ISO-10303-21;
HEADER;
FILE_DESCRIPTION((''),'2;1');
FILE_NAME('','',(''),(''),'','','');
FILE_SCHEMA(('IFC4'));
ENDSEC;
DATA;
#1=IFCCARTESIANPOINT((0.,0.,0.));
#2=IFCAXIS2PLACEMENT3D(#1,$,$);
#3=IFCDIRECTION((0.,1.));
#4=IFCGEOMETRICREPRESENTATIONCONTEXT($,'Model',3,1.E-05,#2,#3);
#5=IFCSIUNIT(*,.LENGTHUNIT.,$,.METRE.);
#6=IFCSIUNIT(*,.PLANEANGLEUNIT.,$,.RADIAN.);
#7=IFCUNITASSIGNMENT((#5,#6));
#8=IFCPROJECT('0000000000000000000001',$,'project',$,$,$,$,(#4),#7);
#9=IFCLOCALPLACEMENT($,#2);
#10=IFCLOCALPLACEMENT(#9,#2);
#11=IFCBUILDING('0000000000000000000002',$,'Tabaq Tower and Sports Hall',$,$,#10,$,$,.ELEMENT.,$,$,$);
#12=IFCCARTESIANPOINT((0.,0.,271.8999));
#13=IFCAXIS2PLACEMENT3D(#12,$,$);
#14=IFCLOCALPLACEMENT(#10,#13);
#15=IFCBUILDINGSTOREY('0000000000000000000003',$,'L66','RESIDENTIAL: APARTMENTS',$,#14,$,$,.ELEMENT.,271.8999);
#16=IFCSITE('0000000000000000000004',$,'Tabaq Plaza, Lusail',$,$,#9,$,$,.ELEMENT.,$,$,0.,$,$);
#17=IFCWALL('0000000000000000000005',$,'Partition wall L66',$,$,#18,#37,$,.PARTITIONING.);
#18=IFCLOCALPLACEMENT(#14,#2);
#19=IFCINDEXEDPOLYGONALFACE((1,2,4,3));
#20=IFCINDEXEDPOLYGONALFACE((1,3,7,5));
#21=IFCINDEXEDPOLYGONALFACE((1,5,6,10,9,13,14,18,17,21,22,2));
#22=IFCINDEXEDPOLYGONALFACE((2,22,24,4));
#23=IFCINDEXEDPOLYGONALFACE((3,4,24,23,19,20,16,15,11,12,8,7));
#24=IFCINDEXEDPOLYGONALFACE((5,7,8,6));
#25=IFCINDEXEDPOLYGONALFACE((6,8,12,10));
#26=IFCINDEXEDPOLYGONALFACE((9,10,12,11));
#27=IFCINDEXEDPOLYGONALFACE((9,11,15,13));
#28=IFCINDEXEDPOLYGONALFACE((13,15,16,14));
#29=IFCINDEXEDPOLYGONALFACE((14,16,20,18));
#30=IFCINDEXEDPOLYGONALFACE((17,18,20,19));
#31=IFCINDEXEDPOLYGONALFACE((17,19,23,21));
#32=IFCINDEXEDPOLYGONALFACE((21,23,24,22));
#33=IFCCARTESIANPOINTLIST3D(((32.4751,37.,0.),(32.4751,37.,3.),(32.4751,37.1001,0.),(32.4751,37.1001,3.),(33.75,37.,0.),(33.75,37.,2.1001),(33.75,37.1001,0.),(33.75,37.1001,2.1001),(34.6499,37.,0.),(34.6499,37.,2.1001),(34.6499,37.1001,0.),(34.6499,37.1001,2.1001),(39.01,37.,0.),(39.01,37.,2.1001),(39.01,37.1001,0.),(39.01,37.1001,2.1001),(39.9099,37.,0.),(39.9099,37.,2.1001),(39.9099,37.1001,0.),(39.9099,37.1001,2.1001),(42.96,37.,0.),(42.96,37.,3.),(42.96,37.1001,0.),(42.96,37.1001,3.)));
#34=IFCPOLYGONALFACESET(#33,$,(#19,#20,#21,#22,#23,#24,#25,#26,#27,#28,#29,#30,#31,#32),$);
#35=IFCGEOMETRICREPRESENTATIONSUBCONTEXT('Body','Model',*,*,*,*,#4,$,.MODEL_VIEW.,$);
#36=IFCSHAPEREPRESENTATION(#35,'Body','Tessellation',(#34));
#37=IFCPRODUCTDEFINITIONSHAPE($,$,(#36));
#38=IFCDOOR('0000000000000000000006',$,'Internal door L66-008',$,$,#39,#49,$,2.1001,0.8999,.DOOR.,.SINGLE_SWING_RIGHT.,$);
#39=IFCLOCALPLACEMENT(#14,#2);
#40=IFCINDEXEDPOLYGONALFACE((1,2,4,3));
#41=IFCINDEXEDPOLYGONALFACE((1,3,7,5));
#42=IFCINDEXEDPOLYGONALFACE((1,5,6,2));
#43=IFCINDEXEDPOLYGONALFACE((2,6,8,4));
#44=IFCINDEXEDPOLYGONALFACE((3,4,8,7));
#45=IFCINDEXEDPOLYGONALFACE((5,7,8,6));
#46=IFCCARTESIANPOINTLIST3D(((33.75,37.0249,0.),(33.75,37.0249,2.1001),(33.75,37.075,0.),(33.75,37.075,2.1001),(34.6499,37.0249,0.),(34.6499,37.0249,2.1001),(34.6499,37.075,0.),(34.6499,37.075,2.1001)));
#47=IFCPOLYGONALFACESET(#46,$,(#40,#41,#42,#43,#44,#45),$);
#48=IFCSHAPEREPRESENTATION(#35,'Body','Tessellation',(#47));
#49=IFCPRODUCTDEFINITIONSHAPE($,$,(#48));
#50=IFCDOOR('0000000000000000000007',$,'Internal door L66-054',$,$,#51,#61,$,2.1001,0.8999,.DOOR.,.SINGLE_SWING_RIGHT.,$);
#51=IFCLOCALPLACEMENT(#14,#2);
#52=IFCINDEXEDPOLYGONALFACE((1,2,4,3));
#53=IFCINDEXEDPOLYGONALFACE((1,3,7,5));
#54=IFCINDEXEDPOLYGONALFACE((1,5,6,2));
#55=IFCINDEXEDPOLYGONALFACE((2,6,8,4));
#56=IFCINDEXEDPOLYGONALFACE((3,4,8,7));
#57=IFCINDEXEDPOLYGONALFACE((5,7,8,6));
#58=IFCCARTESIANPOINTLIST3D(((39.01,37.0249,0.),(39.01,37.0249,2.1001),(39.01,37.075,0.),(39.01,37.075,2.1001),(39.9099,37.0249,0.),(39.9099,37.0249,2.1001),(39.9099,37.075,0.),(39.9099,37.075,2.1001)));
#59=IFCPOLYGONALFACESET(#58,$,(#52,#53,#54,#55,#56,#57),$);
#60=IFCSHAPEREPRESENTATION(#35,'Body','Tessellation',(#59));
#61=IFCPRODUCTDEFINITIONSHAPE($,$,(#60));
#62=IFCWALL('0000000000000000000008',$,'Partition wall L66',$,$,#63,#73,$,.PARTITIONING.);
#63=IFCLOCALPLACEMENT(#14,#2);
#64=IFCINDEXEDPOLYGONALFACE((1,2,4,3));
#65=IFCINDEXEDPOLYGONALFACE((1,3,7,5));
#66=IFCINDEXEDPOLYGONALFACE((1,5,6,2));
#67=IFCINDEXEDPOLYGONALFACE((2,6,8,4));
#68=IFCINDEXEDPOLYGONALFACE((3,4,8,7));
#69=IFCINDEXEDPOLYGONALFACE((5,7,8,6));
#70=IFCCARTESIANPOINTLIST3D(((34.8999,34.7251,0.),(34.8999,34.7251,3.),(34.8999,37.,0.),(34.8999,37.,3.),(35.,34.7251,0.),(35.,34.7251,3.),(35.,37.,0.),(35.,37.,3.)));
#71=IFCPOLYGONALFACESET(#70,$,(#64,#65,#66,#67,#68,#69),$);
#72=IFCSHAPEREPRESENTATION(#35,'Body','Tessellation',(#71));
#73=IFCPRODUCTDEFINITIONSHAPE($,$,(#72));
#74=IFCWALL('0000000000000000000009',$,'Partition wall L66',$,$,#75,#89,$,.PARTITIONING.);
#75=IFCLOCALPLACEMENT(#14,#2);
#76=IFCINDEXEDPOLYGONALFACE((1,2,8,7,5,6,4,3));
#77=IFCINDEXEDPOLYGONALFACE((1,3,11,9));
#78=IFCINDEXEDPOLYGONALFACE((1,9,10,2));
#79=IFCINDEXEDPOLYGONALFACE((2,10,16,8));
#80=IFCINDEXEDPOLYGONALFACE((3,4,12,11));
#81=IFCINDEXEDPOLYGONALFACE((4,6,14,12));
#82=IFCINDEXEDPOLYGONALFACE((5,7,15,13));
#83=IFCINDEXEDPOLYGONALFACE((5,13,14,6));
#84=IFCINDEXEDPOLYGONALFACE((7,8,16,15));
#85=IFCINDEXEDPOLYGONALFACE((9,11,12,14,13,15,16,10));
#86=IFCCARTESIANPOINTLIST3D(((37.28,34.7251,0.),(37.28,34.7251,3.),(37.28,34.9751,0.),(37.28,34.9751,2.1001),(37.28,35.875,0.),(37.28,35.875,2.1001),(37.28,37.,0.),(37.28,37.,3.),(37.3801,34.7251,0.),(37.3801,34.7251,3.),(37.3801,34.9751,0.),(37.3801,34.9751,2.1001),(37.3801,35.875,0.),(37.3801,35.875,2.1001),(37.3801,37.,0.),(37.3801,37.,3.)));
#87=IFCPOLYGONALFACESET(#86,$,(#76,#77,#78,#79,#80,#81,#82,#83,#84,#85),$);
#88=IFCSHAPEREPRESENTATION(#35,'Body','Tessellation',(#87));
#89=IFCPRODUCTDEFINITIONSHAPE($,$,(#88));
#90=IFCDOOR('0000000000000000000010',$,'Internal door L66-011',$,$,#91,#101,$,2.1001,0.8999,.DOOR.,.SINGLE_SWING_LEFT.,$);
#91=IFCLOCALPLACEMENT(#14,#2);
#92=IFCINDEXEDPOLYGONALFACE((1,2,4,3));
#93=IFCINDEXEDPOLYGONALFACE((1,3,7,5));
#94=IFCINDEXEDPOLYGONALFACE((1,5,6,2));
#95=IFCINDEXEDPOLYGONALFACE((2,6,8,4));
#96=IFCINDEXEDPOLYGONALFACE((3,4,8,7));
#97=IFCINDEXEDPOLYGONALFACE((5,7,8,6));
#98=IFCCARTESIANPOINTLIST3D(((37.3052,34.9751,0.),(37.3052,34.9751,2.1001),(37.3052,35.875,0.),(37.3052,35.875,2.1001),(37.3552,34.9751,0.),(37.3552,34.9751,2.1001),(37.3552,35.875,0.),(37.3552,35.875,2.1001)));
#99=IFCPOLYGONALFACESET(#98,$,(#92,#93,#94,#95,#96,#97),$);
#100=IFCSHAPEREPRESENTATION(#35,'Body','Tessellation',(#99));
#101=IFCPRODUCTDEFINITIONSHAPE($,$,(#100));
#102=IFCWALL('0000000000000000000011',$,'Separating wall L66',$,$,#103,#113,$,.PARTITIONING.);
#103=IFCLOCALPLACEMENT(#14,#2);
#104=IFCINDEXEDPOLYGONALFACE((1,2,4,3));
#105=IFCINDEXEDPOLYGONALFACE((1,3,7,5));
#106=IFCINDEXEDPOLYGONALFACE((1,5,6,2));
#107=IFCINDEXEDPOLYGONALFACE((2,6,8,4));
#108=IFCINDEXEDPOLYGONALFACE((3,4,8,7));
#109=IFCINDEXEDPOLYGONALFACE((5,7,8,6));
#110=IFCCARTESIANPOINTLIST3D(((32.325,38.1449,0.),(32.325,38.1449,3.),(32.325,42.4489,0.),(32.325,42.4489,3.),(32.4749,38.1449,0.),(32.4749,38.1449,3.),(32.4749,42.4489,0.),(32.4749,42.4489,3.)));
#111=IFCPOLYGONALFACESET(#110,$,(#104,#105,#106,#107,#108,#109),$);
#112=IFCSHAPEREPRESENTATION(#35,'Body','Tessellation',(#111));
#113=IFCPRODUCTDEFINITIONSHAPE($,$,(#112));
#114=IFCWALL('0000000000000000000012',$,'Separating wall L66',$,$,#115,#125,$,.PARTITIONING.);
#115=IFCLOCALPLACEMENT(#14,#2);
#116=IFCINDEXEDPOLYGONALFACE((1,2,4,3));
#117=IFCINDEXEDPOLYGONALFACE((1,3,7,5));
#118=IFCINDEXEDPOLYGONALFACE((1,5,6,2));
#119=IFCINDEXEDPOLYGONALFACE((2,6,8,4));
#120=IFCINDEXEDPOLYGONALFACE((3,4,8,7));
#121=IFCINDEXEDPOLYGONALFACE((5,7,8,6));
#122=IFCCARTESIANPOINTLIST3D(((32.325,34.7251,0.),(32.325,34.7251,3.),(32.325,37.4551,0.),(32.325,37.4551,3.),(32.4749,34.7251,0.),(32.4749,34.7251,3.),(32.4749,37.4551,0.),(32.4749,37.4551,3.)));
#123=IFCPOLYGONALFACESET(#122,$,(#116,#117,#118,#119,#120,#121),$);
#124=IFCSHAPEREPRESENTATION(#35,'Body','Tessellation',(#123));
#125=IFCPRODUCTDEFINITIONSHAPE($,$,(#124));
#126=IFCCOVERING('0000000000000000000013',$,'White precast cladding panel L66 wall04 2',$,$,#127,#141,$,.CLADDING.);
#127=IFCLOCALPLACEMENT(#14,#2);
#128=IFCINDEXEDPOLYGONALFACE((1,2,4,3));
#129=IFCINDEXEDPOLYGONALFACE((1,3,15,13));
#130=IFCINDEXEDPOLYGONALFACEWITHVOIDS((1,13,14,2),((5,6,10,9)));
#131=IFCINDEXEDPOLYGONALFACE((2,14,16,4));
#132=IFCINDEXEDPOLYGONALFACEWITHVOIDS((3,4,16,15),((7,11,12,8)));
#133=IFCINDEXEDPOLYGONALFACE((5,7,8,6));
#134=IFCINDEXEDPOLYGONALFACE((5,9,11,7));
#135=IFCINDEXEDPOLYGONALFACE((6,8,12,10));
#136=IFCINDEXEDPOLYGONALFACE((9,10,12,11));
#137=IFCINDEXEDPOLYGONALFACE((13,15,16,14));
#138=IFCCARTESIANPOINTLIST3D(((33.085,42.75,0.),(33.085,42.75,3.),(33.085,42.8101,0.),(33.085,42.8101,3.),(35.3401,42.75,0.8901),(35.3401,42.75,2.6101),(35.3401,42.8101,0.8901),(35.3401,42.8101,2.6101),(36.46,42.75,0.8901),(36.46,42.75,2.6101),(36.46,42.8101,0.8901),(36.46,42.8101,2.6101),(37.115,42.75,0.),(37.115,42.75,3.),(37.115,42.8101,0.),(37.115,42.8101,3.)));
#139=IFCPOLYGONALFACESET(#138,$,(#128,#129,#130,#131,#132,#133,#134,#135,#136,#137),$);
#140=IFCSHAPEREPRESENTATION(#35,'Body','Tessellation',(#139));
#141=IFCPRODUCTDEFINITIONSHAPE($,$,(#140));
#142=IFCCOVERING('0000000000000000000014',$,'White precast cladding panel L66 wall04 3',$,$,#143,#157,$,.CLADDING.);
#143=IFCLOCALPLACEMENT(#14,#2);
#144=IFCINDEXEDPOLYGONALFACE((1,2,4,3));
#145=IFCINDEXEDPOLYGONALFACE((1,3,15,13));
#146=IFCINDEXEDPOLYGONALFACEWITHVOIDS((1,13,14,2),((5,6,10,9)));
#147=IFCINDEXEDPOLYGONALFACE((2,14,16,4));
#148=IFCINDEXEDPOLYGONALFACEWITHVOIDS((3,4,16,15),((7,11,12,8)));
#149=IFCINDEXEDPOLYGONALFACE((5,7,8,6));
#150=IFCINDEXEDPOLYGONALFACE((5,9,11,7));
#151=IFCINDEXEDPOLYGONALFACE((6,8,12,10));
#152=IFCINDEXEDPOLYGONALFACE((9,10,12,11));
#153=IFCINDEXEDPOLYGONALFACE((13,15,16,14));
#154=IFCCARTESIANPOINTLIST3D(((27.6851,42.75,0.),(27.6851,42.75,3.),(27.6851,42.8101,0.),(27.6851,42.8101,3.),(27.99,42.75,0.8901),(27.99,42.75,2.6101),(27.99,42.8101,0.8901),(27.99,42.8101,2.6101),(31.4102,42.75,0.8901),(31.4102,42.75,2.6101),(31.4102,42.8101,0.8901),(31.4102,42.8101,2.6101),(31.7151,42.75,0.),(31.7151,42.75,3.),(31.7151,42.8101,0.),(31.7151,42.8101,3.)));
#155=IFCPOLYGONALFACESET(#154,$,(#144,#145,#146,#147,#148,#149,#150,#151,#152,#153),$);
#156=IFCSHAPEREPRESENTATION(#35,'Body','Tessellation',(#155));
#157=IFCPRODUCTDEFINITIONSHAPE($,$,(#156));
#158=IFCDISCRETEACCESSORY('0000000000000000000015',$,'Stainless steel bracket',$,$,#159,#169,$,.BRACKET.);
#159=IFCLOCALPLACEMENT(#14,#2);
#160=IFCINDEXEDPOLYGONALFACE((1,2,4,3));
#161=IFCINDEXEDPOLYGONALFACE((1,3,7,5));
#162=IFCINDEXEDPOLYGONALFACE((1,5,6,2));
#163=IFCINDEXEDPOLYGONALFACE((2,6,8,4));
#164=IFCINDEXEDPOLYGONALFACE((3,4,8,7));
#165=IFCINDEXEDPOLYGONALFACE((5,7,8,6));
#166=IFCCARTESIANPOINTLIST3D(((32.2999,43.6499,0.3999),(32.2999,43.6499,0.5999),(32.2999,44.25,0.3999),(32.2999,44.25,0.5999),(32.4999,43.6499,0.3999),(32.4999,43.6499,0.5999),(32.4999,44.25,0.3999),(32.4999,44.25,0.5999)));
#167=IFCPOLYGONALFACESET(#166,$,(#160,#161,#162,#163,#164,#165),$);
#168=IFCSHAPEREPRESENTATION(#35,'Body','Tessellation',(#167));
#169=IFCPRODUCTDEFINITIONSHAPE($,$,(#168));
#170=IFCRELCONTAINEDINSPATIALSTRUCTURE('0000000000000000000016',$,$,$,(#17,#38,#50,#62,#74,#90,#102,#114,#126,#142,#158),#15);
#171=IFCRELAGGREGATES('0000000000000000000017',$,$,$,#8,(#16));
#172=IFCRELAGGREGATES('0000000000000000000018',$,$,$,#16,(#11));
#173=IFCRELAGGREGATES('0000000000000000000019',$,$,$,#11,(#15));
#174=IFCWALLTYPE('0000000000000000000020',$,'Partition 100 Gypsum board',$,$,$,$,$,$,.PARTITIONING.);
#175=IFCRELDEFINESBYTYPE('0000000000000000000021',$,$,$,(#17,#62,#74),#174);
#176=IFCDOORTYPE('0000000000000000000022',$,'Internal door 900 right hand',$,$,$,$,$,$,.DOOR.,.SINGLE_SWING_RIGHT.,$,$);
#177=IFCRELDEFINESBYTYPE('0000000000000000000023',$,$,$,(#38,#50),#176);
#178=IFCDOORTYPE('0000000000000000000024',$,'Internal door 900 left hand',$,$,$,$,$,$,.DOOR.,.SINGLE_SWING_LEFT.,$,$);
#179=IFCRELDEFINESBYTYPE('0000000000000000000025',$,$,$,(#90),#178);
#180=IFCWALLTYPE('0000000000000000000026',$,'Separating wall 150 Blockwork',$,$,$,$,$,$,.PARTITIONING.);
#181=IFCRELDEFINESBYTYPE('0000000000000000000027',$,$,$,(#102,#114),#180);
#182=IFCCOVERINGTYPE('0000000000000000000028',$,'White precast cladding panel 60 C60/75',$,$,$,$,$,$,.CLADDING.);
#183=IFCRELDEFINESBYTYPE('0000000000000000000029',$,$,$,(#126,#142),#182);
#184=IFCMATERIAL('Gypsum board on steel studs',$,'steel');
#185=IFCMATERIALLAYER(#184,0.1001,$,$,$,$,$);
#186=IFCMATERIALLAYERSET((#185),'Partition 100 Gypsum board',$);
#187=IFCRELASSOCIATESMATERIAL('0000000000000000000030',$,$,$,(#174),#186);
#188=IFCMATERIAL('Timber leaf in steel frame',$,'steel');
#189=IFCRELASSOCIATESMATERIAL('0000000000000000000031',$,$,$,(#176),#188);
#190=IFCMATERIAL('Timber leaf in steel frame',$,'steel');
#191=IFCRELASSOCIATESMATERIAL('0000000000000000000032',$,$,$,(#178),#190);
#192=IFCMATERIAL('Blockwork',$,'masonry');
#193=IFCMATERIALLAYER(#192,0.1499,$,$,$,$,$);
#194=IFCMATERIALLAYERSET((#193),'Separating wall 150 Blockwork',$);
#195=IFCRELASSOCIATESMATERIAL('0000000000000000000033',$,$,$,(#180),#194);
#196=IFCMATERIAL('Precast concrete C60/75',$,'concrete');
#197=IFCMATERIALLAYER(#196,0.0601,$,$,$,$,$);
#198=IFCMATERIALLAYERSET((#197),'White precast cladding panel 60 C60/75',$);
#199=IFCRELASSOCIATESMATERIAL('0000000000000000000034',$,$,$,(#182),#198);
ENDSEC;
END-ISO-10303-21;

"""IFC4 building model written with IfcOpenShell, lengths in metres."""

from ifc_helpers import new_model, si_unit, direction, frame, frame_2d, origin, origin_2d, place, context, subcontext, project, spatial, polyline, rectangle, outline, extrude, material, layer, layer_set, type_object, element, fill, save


model = new_model("IFC4")

# Units and contexts
model_context = context("Model", 3, precision=1e-05, world=origin(), true_north=direction((0.0, 1.0)))
body_context = subcontext(model_context, "Body", "Model", "MODEL_VIEW")
ifc_project = project(units=[si_unit("LENGTHUNIT", "METRE"), si_unit("PLANEANGLEUNIT", "RADIAN")], contexts=[model_context])

# Site, building, storey
site_placement = place(None, origin())
site = spatial("IfcSite", under=ifc_project, at=site_placement, Name="Tabaq Plaza, Lusail", CompositionType="ELEMENT", RefElevation=0.0)
building_placement = place(site_placement, origin())
building = spatial("IfcBuilding", under=site, at=building_placement, Name="Tabaq Tower and Sports Hall", CompositionType="ELEMENT")
storey_placement = place(building_placement, frame((0.0, 0.0, 271.8999)))
storey = spatial("IfcBuildingStorey", under=building, at=storey_placement, Name="L66", Description="RESIDENTIAL: APARTMENTS", CompositionType="ELEMENT", Elevation=271.8999)

# Shared definitions
ifc_material_1 = material(Name="Gypsum board on steel studs", Category="steel")
ifc_layer_1 = layer(ifc_material_1, 0.1001)
ifc_layer_set_1 = layer_set([ifc_layer_1], Name="Partition 100 Gypsum board")
wall_type_1 = type_object("IfcWallType", Name="Partition 100 Gypsum board", PredefinedType="PARTITIONING", material=ifc_layer_set_1)

# Shared definitions
ifc_material_2 = material(Name="Timber leaf in steel frame", Category="steel")
door_type_1 = type_object("IfcDoorType", Name="Internal door 900 right hand", OperationType="SINGLE_SWING_RIGHT", PredefinedType="DOOR", material=ifc_material_2)

# Wall, openings, doors
wall_1_placement = place(storey_placement, frame((32.4751, 37.05, 0.0), z_axis=(0.0, 0.0, 1.0), x_axis=(1.0, 0.0, 0.0)))
wall_1 = element("IfcWall", 1, at=wall_1_placement, inside=storey, type_object=wall_type_1, Name="Partition wall L66", PredefinedType="PARTITIONING", context=body_context, shape_type="SweptSolid", body=[
    extrude(rectangle(XDim=10.4849, YDim=0.1001, at=frame_2d((5.2424, 0.0))), origin(), (0.0, 0.0, 1.0), 3.0),
])
opening_1_placement = place(wall_1_placement, frame((1.2749, 0.0, 0.0)))
opening_1 = element("IfcOpeningElement", 2, at=opening_1_placement, cuts=wall_1, PredefinedType="OPENING", context=body_context, shape_type="SweptSolid", body=[
    extrude(rectangle(XDim=0.8999, YDim=2.1001, at=frame_2d((0.45, 1.05))), frame((0.0, 0.05, 0.0), z_axis=(0.0, -1.0, 0.0), x_axis=(1.0, 0.0, 0.0)), (0.0, 0.0, 1.0), 0.1001),
])
opening_2_placement = place(wall_1_placement, frame((6.5349, 0.0, 0.0)))
opening_2 = element("IfcOpeningElement", 3, at=opening_2_placement, cuts=wall_1, PredefinedType="OPENING", context=body_context, shape_type="SweptSolid", body=[
    extrude(rectangle(XDim=0.8999, YDim=2.1001, at=frame_2d((0.45, 1.05))), frame((0.0, 0.05, 0.0), z_axis=(0.0, -1.0, 0.0), x_axis=(1.0, 0.0, 0.0)), (0.0, 0.0, 1.0), 0.1001),
])
door_1_placement = place(opening_1_placement, origin())
door_1 = element("IfcDoor", 4, at=door_1_placement, inside=storey, type_object=door_type_1, Name="Internal door L66-008", OperationType="SINGLE_SWING_RIGHT", OverallHeight=2.1001, OverallWidth=0.8999, PredefinedType="DOOR", context=body_context, shape_type="SweptSolid", body=[
    extrude(rectangle(XDim=0.8999, YDim=2.1001, at=frame_2d((0.45, 1.05))), frame((0.0, 0.0249, 0.0), z_axis=(0.0, -1.0, 0.0), x_axis=(1.0, 0.0, 0.0)), (0.0, 0.0, 1.0), 0.05),
])
fill(opening_1, door_1)
door_2_placement = place(opening_2_placement, origin())
door_2 = element("IfcDoor", 5, at=door_2_placement, inside=storey, type_object=door_type_1, Name="Internal door L66-054", OperationType="SINGLE_SWING_RIGHT", OverallHeight=2.1001, OverallWidth=0.8999, PredefinedType="DOOR", context=body_context, shape_type="SweptSolid", body=[
    extrude(rectangle(XDim=0.8999, YDim=2.1001, at=frame_2d((0.45, 1.05))), frame((0.0, 0.0249, 0.0), z_axis=(0.0, -1.0, 0.0), x_axis=(1.0, 0.0, 0.0)), (0.0, 0.0, 1.0), 0.05),
])
fill(opening_2, door_2)

# Wall
wall_2_placement = place(storey_placement, frame((34.95, 34.7251, 0.0), z_axis=(0.0, 0.0, 1.0), x_axis=(0.0, 1.0, 0.0)))
element("IfcWall", 6, at=wall_2_placement, inside=storey, type_object=wall_type_1, Name="Partition wall L66", PredefinedType="PARTITIONING", context=body_context, shape_type="SweptSolid", body=[
    extrude(rectangle(XDim=2.2749, YDim=0.1001, at=frame_2d((1.1375, 0.0))), origin(), (0.0, 0.0, 1.0), 3.0),
])

# Wall, opening, door
wall_3_placement = place(storey_placement, frame((37.3301, 34.7251, 0.0), z_axis=(0.0, 0.0, 1.0), x_axis=(0.0, 1.0, 0.0)))
wall_3 = element("IfcWall", 7, at=wall_3_placement, inside=storey, type_object=wall_type_1, Name="Partition wall L66", PredefinedType="PARTITIONING", context=body_context, shape_type="SweptSolid", body=[
    extrude(rectangle(XDim=2.2749, YDim=0.1001, at=frame_2d((1.1375, 0.0))), origin(), (0.0, 0.0, 1.0), 3.0),
])
opening_3_placement = place(wall_3_placement, frame((0.25, 0.0, 0.0)))
opening_3 = element("IfcOpeningElement", 8, at=opening_3_placement, cuts=wall_3, PredefinedType="OPENING", context=body_context, shape_type="SweptSolid", body=[
    extrude(rectangle(XDim=0.8999, YDim=2.1001, at=frame_2d((0.45, 1.05))), frame((0.0, 0.05, 0.0), z_axis=(0.0, -1.0, 0.0), x_axis=(1.0, 0.0, 0.0)), (0.0, 0.0, 1.0), 0.1001),
])
ifc_material_3 = material(Name="Timber leaf in steel frame", Category="steel")
door_type_2 = type_object("IfcDoorType", Name="Internal door 900 left hand", OperationType="SINGLE_SWING_LEFT", PredefinedType="DOOR", material=ifc_material_3)
door_3_placement = place(opening_3_placement, origin())
door_3 = element("IfcDoor", 9, at=door_3_placement, inside=storey, type_object=door_type_2, Name="Internal door L66-011", OperationType="SINGLE_SWING_LEFT", OverallHeight=2.1001, OverallWidth=0.8999, PredefinedType="DOOR", context=body_context, shape_type="SweptSolid", body=[
    extrude(rectangle(XDim=0.8999, YDim=2.1001, at=frame_2d((0.45, 1.05))), frame((0.0, 0.0249, 0.0), z_axis=(0.0, -1.0, 0.0), x_axis=(1.0, 0.0, 0.0)), (0.0, 0.0, 1.0), 0.05),
])
fill(opening_3, door_3)

# Walls
ifc_material_4 = material(Name="Blockwork", Category="masonry")
ifc_layer_2 = layer(ifc_material_4, 0.1499)
ifc_layer_set_2 = layer_set([ifc_layer_2], Name="Separating wall 150 Blockwork")
wall_type_2 = type_object("IfcWallType", Name="Separating wall 150 Blockwork", PredefinedType="PARTITIONING", material=ifc_layer_set_2)
wall_4_placement = place(storey_placement, frame((32.3999, 38.145, 0.0), z_axis=(0.0, 0.0, 1.0), x_axis=(0.0, 1.0, 0.0)))
element("IfcWall", 10, at=wall_4_placement, inside=storey, type_object=wall_type_2, Name="Separating wall L66", PredefinedType="PARTITIONING", context=body_context, shape_type="SweptSolid", body=[
    extrude(rectangle(XDim=4.304, YDim=0.1499, at=frame_2d((2.1519, 0.0))), origin(), (0.0, 0.0, 1.0), 3.0),
])
wall_5_placement = place(storey_placement, frame((32.3999, 34.7251, 0.0), z_axis=(0.0, 0.0, 1.0), x_axis=(0.0, 1.0, 0.0)))
element("IfcWall", 11, at=wall_5_placement, inside=storey, type_object=wall_type_2, Name="Separating wall L66", PredefinedType="PARTITIONING", context=body_context, shape_type="SweptSolid", body=[
    extrude(rectangle(XDim=2.73, YDim=0.1499, at=frame_2d((1.365, 0.0))), origin(), (0.0, 0.0, 1.0), 3.0),
])

# Coverings
ifc_material_5 = material(Name="Precast concrete C60/75", Category="concrete")
ifc_layer_3 = layer(ifc_material_5, 0.0601)
ifc_layer_set_3 = layer_set([ifc_layer_3], Name="White precast cladding panel 60 C60/75")
covering_type = type_object("IfcCoveringType", Name="White precast cladding panel 60 C60/75", PredefinedType="CLADDING", material=ifc_layer_set_3)
covering_1_placement = place(storey_placement, frame((37.115, 42.78, 0.0), z_axis=(0.0, 0.0, 1.0), x_axis=(-1.0, 0.0, 0.0)))
element("IfcCovering", 12, at=covering_1_placement, inside=storey, type_object=covering_type, Name="White precast cladding panel L66 wall04 2", PredefinedType="CLADDING", context=body_context, shape_type="SweptSolid", body=[
    extrude(outline(polyline([(0.0, 0.0), (4.03, 0.0), (4.03, 3.0), (0.0, 3.0), (0.0, 0.0)]), holes=[polyline([(0.655, 0.8901), (0.655, 2.6101), (1.7749, 2.6101), (1.7749, 0.8901), (0.655, 0.8901)])]), frame((0.0, 0.03, 0.0), z_axis=(0.0, -1.0, 0.0), x_axis=(1.0, 0.0, 0.0)), (0.0, 0.0, 1.0), 0.0601),
])
covering_2_placement = place(storey_placement, frame((31.7151, 42.78, 0.0), z_axis=(0.0, 0.0, 1.0), x_axis=(-1.0, 0.0, 0.0)))
element("IfcCovering", 13, at=covering_2_placement, inside=storey, type_object=covering_type, Name="White precast cladding panel L66 wall04 3", PredefinedType="CLADDING", context=body_context, shape_type="SweptSolid", body=[
    extrude(outline(polyline([(0.0, 0.0), (4.03, 0.0), (4.03, 3.0), (0.0, 3.0), (0.0, 0.0)]), holes=[polyline([(0.3049, 0.8901), (0.3049, 2.6101), (3.7251, 2.6101), (3.7251, 0.8901), (0.3049, 0.8901)])]), frame((0.0, 0.03, 0.0), z_axis=(0.0, -1.0, 0.0), x_axis=(1.0, 0.0, 0.0)), (0.0, 0.0, 1.0), 0.0601),
])

# Discrete accessory
for number, where, z_axis, x_axis, name in (
    (14, (32.3999, 43.95, 0.3999), (0.0, 0.0, 1.0), (0.0, 1.0, 0.0), "Stainless steel bracket"),
):
    element("IfcDiscreteAccessory", number, at=place(storey_placement, frame(where, z_axis=z_axis, x_axis=x_axis)), inside=storey, Name=name, PredefinedType="BRACKET", context=body_context, shape_type="SweptSolid", body=[
        extrude(rectangle(XDim=0.6001, YDim=0.2, at=origin_2d()), origin(), (0.0, 0.0, 1.0), 0.2),
    ])

save(model, "model.ifc")
